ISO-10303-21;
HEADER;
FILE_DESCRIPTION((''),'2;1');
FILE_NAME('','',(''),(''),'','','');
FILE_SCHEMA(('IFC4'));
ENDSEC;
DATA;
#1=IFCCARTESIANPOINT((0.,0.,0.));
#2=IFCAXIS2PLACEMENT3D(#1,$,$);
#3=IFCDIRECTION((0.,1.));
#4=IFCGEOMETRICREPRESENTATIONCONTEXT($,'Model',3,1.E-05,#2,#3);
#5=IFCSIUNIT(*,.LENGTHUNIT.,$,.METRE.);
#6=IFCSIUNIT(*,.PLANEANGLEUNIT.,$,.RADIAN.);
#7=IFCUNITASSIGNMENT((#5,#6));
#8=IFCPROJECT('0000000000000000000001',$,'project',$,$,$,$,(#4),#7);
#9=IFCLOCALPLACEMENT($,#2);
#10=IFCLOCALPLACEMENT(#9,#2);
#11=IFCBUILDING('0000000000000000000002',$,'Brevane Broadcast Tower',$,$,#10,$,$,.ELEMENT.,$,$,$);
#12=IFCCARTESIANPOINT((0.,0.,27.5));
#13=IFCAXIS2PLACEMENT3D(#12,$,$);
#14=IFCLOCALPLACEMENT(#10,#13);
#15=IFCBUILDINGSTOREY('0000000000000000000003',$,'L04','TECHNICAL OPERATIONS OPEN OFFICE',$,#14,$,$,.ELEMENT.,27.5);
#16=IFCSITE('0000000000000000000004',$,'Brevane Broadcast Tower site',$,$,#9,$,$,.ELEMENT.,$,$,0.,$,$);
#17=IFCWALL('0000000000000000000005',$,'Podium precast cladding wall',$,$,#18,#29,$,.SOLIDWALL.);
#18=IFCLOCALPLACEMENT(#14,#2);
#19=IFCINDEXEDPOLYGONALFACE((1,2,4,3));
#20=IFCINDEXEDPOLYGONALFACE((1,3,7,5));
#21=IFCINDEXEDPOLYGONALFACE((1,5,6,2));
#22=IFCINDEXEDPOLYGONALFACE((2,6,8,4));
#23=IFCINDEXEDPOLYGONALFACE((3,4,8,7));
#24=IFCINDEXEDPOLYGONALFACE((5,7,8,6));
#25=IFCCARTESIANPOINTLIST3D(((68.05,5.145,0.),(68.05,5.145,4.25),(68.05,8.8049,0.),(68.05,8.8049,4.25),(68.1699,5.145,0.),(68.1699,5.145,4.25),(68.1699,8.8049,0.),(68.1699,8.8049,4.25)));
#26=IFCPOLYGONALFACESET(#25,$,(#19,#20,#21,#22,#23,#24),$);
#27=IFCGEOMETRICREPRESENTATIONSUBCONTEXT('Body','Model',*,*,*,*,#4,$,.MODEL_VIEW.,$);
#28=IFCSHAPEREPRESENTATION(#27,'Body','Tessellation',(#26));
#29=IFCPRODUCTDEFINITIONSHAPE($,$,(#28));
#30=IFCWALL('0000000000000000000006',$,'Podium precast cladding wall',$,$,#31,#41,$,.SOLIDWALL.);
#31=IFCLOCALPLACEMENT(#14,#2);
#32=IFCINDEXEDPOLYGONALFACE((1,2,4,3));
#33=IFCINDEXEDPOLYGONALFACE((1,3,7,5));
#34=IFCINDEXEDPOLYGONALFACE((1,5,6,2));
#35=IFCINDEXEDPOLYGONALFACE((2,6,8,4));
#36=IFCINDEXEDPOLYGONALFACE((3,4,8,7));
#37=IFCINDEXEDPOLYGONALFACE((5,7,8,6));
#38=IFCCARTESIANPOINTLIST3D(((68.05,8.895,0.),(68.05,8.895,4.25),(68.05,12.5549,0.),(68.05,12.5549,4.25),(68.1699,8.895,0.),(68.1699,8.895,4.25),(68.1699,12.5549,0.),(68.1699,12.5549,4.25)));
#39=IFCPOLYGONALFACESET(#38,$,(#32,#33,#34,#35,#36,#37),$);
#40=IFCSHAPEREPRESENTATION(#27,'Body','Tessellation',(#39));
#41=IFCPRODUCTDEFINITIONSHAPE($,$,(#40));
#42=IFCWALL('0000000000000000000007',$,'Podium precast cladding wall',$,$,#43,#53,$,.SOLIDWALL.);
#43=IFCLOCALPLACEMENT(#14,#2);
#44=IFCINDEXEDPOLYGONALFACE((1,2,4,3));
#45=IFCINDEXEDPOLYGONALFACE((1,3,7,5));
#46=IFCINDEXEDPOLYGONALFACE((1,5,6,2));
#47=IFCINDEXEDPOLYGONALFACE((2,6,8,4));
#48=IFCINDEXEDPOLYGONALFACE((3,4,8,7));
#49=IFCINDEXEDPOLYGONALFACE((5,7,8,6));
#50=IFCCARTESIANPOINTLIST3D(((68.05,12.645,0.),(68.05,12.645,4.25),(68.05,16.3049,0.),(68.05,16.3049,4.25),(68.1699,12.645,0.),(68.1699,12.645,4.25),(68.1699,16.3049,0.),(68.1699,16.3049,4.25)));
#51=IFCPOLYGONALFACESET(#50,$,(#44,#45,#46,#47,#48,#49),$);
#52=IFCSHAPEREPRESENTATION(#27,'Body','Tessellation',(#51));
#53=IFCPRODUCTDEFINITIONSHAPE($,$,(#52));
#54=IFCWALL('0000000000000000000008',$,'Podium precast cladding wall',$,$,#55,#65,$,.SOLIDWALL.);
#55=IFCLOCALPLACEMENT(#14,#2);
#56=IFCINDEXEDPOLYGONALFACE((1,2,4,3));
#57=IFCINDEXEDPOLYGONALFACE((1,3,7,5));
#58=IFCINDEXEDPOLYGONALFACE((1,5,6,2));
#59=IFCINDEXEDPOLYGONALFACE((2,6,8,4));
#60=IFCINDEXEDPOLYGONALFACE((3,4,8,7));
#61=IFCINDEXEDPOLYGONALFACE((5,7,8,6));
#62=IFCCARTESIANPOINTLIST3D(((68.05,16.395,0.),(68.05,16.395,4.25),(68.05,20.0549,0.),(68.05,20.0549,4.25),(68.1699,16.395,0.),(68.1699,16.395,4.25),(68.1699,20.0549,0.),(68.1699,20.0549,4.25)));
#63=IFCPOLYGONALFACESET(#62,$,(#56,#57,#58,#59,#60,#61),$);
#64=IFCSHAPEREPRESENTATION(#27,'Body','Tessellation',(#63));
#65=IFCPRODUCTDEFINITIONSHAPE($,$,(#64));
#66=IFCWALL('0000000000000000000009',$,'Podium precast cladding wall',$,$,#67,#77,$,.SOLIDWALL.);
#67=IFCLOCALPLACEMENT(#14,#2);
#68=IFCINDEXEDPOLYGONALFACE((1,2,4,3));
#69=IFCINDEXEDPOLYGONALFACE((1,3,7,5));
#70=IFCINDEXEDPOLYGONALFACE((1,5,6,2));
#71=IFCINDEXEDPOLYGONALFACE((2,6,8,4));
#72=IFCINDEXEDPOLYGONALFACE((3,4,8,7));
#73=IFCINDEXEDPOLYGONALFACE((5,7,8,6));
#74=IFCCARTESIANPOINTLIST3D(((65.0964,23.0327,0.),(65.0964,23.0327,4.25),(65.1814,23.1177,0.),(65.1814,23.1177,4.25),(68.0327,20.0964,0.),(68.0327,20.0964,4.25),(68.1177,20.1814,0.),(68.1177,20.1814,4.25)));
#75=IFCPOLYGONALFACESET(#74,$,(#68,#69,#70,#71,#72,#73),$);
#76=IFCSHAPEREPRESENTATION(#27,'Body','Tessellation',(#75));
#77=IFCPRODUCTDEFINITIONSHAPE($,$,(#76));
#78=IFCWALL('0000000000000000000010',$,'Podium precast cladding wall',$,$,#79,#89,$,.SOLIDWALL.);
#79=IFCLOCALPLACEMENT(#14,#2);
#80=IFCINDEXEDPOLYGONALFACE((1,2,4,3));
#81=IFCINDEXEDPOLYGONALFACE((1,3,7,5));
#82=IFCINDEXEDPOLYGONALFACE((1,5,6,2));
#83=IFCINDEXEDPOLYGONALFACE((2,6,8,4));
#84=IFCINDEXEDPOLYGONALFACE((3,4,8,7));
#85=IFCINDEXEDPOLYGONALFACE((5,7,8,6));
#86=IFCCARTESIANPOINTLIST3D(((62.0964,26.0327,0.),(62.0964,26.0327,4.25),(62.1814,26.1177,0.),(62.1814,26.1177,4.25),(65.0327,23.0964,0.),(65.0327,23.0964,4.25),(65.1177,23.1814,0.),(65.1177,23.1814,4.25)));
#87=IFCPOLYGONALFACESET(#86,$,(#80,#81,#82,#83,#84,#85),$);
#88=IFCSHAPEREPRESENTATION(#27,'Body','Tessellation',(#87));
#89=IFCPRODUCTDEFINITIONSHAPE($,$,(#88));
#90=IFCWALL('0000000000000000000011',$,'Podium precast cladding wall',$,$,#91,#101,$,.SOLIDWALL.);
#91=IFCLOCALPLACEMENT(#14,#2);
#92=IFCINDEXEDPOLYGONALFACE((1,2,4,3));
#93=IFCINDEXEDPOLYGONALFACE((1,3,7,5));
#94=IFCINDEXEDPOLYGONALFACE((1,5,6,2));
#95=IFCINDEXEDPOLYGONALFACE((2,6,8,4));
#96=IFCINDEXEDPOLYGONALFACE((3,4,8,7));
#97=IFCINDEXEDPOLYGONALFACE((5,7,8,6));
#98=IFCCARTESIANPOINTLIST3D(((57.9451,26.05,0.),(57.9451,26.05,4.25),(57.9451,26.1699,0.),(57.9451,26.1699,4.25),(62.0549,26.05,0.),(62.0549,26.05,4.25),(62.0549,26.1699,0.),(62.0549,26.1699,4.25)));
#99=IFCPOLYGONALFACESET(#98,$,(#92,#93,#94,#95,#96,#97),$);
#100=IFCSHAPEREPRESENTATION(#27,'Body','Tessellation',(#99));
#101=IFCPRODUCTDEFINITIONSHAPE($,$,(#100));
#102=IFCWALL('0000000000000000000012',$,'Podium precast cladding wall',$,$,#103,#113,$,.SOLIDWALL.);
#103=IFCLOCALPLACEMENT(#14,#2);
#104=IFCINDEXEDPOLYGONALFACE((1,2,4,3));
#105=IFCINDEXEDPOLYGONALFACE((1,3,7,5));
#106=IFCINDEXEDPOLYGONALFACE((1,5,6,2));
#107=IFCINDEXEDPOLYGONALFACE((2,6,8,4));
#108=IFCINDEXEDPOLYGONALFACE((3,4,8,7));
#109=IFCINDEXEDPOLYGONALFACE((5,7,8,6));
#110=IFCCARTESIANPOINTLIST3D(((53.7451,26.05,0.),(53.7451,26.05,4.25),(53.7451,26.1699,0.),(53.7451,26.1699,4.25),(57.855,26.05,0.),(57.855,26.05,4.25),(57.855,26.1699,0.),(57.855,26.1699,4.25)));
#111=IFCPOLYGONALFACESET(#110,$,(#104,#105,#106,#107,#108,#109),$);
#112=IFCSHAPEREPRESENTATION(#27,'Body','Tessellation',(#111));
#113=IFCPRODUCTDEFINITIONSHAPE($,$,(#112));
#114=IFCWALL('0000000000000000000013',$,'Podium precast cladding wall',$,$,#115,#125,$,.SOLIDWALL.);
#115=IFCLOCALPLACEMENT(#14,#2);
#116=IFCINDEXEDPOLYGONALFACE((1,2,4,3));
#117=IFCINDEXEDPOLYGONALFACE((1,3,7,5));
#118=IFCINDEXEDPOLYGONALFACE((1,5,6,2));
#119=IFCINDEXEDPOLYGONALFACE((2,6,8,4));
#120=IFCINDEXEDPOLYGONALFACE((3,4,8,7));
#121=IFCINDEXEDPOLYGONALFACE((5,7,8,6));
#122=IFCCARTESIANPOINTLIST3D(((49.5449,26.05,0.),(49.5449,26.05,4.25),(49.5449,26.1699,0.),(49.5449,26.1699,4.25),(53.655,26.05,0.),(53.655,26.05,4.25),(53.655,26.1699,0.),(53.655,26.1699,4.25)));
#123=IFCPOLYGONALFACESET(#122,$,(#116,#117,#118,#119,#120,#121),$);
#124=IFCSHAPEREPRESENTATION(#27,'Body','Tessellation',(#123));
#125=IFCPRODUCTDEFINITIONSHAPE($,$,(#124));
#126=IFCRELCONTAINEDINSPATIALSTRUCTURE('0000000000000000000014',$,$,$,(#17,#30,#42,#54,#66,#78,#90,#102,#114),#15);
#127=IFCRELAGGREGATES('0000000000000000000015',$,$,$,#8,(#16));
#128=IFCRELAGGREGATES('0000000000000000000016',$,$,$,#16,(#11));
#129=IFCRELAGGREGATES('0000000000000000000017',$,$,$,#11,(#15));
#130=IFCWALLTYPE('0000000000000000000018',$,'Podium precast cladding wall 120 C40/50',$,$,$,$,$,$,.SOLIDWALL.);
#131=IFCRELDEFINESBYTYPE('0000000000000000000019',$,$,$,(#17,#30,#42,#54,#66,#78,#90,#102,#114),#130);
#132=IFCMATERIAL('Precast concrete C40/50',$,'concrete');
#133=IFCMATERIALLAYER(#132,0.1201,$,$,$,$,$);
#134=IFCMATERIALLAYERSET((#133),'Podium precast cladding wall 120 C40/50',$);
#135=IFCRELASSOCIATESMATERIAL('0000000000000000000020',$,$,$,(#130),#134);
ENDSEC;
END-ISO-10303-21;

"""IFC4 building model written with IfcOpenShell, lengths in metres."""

from ifc_helpers import new_model, si_unit, direction, frame, origin, place, context, subcontext, project, spatial, polyline, outline, extrude, material, layer, layer_set, type_object, element, save


model = new_model("IFC4")

# Units and contexts
model_context = context("Model", 3, precision=1e-05, world=origin(), true_north=direction((0.0, 1.0)))
body_context = subcontext(model_context, "Body", "Model", "MODEL_VIEW")
ifc_project = project(units=[si_unit("LENGTHUNIT", "METRE"), si_unit("PLANEANGLEUNIT", "RADIAN")], contexts=[model_context])

# Site, building, storey
site_placement = place(None, origin())
site = spatial("IfcSite", under=ifc_project, at=site_placement, Name="Brevane Broadcast Tower site", CompositionType="ELEMENT", RefElevation=0.0)
building_placement = place(site_placement, origin())
building = spatial("IfcBuilding", under=site, at=building_placement, Name="Brevane Broadcast Tower", CompositionType="ELEMENT")
storey_placement = place(building_placement, frame((0.0, 0.0, 27.5)))
storey = spatial("IfcBuildingStorey", under=building, at=storey_placement, Name="L04", Description="TECHNICAL OPERATIONS OPEN OFFICE", CompositionType="ELEMENT", Elevation=27.5)

# Walls
ifc_material = material(Name="Precast concrete C40/50", Category="concrete")
ifc_layer = layer(ifc_material, 0.1201)
ifc_layer_set = layer_set([ifc_layer], Name="Podium precast cladding wall 120 C40/50")
wall_type = type_object("IfcWallType", Name="Podium precast cladding wall 120 C40/50", PredefinedType="SOLIDWALL", material=ifc_layer_set)
wall_1_placement = place(storey_placement, origin())
element("IfcWall", 1, at=wall_1_placement, inside=storey, type_object=wall_type, Name="Podium precast cladding wall", PredefinedType="SOLIDWALL", context=body_context, shape_type="SweptSolid", body=[
    extrude(outline(polyline([(68.1699, 8.8049), (68.05, 8.8049), (68.05, 5.145), (68.1699, 5.145), (68.1699, 8.8049)])), origin(), (0.0, 0.0, 1.0), 4.25),
])
wall_2_placement = place(storey_placement, origin())
element("IfcWall", 2, at=wall_2_placement, inside=storey, type_object=wall_type, Name="Podium precast cladding wall", PredefinedType="SOLIDWALL", context=body_context, shape_type="SweptSolid", body=[
    extrude(outline(polyline([(68.1699, 12.5549), (68.05, 12.5549), (68.05, 8.895), (68.1699, 8.895), (68.1699, 12.5549)])), origin(), (0.0, 0.0, 1.0), 4.25),
])
wall_3_placement = place(storey_placement, origin())
element("IfcWall", 3, at=wall_3_placement, inside=storey, type_object=wall_type, Name="Podium precast cladding wall", PredefinedType="SOLIDWALL", context=body_context, shape_type="SweptSolid", body=[
    extrude(outline(polyline([(68.1699, 16.3049), (68.05, 16.3049), (68.05, 12.645), (68.1699, 12.645), (68.1699, 16.3049)])), origin(), (0.0, 0.0, 1.0), 4.25),
])
wall_4_placement = place(storey_placement, origin())
element("IfcWall", 4, at=wall_4_placement, inside=storey, type_object=wall_type, Name="Podium precast cladding wall", PredefinedType="SOLIDWALL", context=body_context, shape_type="SweptSolid", body=[
    extrude(outline(polyline([(68.1699, 20.0549), (68.05, 20.0549), (68.05, 16.395), (68.1699, 16.395), (68.1699, 20.0549)])), origin(), (0.0, 0.0, 1.0), 4.25),
])
wall_5_placement = place(storey_placement, origin())
element("IfcWall", 5, at=wall_5_placement, inside=storey, type_object=wall_type, Name="Podium precast cladding wall", PredefinedType="SOLIDWALL", context=body_context, shape_type="SweptSolid", body=[
    extrude(outline(polyline([(68.0327, 20.0964), (65.0964, 23.0327), (65.1814, 23.1177), (68.1177, 20.1814), (68.0327, 20.0964)])), origin(), (0.0, 0.0, 1.0), 4.25),
])
wall_6_placement = place(storey_placement, origin())
element("IfcWall", 6, at=wall_6_placement, inside=storey, type_object=wall_type, Name="Podium precast cladding wall", PredefinedType="SOLIDWALL", context=body_context, shape_type="SweptSolid", body=[
    extrude(outline(polyline([(65.0327, 23.0964), (62.0964, 26.0327), (62.1814, 26.1177), (65.1177, 23.1814), (65.0327, 23.0964)])), origin(), (0.0, 0.0, 1.0), 4.25),
])
wall_7_placement = place(storey_placement, origin())
element("IfcWall", 7, at=wall_7_placement, inside=storey, type_object=wall_type, Name="Podium precast cladding wall", PredefinedType="SOLIDWALL", context=body_context, shape_type="SweptSolid", body=[
    extrude(outline(polyline([(57.9451, 26.1699), (57.9451, 26.05), (62.0549, 26.05), (62.0549, 26.1699), (57.9451, 26.1699)])), origin(), (0.0, 0.0, 1.0), 4.25),
])
wall_8_placement = place(storey_placement, origin())
element("IfcWall", 8, at=wall_8_placement, inside=storey, type_object=wall_type, Name="Podium precast cladding wall", PredefinedType="SOLIDWALL", context=body_context, shape_type="SweptSolid", body=[
    extrude(outline(polyline([(53.7451, 26.1699), (53.7451, 26.05), (57.855, 26.05), (57.855, 26.1699), (53.7451, 26.1699)])), origin(), (0.0, 0.0, 1.0), 4.25),
])
wall_9_placement = place(storey_placement, origin())
element("IfcWall", 9, at=wall_9_placement, inside=storey, type_object=wall_type, Name="Podium precast cladding wall", PredefinedType="SOLIDWALL", context=body_context, shape_type="SweptSolid", body=[
    extrude(outline(polyline([(49.5449, 26.1699), (49.5449, 26.05), (53.655, 26.05), (53.655, 26.1699), (49.5449, 26.1699)])), origin(), (0.0, 0.0, 1.0), 4.25),
])

save(model, "model.ifc")
